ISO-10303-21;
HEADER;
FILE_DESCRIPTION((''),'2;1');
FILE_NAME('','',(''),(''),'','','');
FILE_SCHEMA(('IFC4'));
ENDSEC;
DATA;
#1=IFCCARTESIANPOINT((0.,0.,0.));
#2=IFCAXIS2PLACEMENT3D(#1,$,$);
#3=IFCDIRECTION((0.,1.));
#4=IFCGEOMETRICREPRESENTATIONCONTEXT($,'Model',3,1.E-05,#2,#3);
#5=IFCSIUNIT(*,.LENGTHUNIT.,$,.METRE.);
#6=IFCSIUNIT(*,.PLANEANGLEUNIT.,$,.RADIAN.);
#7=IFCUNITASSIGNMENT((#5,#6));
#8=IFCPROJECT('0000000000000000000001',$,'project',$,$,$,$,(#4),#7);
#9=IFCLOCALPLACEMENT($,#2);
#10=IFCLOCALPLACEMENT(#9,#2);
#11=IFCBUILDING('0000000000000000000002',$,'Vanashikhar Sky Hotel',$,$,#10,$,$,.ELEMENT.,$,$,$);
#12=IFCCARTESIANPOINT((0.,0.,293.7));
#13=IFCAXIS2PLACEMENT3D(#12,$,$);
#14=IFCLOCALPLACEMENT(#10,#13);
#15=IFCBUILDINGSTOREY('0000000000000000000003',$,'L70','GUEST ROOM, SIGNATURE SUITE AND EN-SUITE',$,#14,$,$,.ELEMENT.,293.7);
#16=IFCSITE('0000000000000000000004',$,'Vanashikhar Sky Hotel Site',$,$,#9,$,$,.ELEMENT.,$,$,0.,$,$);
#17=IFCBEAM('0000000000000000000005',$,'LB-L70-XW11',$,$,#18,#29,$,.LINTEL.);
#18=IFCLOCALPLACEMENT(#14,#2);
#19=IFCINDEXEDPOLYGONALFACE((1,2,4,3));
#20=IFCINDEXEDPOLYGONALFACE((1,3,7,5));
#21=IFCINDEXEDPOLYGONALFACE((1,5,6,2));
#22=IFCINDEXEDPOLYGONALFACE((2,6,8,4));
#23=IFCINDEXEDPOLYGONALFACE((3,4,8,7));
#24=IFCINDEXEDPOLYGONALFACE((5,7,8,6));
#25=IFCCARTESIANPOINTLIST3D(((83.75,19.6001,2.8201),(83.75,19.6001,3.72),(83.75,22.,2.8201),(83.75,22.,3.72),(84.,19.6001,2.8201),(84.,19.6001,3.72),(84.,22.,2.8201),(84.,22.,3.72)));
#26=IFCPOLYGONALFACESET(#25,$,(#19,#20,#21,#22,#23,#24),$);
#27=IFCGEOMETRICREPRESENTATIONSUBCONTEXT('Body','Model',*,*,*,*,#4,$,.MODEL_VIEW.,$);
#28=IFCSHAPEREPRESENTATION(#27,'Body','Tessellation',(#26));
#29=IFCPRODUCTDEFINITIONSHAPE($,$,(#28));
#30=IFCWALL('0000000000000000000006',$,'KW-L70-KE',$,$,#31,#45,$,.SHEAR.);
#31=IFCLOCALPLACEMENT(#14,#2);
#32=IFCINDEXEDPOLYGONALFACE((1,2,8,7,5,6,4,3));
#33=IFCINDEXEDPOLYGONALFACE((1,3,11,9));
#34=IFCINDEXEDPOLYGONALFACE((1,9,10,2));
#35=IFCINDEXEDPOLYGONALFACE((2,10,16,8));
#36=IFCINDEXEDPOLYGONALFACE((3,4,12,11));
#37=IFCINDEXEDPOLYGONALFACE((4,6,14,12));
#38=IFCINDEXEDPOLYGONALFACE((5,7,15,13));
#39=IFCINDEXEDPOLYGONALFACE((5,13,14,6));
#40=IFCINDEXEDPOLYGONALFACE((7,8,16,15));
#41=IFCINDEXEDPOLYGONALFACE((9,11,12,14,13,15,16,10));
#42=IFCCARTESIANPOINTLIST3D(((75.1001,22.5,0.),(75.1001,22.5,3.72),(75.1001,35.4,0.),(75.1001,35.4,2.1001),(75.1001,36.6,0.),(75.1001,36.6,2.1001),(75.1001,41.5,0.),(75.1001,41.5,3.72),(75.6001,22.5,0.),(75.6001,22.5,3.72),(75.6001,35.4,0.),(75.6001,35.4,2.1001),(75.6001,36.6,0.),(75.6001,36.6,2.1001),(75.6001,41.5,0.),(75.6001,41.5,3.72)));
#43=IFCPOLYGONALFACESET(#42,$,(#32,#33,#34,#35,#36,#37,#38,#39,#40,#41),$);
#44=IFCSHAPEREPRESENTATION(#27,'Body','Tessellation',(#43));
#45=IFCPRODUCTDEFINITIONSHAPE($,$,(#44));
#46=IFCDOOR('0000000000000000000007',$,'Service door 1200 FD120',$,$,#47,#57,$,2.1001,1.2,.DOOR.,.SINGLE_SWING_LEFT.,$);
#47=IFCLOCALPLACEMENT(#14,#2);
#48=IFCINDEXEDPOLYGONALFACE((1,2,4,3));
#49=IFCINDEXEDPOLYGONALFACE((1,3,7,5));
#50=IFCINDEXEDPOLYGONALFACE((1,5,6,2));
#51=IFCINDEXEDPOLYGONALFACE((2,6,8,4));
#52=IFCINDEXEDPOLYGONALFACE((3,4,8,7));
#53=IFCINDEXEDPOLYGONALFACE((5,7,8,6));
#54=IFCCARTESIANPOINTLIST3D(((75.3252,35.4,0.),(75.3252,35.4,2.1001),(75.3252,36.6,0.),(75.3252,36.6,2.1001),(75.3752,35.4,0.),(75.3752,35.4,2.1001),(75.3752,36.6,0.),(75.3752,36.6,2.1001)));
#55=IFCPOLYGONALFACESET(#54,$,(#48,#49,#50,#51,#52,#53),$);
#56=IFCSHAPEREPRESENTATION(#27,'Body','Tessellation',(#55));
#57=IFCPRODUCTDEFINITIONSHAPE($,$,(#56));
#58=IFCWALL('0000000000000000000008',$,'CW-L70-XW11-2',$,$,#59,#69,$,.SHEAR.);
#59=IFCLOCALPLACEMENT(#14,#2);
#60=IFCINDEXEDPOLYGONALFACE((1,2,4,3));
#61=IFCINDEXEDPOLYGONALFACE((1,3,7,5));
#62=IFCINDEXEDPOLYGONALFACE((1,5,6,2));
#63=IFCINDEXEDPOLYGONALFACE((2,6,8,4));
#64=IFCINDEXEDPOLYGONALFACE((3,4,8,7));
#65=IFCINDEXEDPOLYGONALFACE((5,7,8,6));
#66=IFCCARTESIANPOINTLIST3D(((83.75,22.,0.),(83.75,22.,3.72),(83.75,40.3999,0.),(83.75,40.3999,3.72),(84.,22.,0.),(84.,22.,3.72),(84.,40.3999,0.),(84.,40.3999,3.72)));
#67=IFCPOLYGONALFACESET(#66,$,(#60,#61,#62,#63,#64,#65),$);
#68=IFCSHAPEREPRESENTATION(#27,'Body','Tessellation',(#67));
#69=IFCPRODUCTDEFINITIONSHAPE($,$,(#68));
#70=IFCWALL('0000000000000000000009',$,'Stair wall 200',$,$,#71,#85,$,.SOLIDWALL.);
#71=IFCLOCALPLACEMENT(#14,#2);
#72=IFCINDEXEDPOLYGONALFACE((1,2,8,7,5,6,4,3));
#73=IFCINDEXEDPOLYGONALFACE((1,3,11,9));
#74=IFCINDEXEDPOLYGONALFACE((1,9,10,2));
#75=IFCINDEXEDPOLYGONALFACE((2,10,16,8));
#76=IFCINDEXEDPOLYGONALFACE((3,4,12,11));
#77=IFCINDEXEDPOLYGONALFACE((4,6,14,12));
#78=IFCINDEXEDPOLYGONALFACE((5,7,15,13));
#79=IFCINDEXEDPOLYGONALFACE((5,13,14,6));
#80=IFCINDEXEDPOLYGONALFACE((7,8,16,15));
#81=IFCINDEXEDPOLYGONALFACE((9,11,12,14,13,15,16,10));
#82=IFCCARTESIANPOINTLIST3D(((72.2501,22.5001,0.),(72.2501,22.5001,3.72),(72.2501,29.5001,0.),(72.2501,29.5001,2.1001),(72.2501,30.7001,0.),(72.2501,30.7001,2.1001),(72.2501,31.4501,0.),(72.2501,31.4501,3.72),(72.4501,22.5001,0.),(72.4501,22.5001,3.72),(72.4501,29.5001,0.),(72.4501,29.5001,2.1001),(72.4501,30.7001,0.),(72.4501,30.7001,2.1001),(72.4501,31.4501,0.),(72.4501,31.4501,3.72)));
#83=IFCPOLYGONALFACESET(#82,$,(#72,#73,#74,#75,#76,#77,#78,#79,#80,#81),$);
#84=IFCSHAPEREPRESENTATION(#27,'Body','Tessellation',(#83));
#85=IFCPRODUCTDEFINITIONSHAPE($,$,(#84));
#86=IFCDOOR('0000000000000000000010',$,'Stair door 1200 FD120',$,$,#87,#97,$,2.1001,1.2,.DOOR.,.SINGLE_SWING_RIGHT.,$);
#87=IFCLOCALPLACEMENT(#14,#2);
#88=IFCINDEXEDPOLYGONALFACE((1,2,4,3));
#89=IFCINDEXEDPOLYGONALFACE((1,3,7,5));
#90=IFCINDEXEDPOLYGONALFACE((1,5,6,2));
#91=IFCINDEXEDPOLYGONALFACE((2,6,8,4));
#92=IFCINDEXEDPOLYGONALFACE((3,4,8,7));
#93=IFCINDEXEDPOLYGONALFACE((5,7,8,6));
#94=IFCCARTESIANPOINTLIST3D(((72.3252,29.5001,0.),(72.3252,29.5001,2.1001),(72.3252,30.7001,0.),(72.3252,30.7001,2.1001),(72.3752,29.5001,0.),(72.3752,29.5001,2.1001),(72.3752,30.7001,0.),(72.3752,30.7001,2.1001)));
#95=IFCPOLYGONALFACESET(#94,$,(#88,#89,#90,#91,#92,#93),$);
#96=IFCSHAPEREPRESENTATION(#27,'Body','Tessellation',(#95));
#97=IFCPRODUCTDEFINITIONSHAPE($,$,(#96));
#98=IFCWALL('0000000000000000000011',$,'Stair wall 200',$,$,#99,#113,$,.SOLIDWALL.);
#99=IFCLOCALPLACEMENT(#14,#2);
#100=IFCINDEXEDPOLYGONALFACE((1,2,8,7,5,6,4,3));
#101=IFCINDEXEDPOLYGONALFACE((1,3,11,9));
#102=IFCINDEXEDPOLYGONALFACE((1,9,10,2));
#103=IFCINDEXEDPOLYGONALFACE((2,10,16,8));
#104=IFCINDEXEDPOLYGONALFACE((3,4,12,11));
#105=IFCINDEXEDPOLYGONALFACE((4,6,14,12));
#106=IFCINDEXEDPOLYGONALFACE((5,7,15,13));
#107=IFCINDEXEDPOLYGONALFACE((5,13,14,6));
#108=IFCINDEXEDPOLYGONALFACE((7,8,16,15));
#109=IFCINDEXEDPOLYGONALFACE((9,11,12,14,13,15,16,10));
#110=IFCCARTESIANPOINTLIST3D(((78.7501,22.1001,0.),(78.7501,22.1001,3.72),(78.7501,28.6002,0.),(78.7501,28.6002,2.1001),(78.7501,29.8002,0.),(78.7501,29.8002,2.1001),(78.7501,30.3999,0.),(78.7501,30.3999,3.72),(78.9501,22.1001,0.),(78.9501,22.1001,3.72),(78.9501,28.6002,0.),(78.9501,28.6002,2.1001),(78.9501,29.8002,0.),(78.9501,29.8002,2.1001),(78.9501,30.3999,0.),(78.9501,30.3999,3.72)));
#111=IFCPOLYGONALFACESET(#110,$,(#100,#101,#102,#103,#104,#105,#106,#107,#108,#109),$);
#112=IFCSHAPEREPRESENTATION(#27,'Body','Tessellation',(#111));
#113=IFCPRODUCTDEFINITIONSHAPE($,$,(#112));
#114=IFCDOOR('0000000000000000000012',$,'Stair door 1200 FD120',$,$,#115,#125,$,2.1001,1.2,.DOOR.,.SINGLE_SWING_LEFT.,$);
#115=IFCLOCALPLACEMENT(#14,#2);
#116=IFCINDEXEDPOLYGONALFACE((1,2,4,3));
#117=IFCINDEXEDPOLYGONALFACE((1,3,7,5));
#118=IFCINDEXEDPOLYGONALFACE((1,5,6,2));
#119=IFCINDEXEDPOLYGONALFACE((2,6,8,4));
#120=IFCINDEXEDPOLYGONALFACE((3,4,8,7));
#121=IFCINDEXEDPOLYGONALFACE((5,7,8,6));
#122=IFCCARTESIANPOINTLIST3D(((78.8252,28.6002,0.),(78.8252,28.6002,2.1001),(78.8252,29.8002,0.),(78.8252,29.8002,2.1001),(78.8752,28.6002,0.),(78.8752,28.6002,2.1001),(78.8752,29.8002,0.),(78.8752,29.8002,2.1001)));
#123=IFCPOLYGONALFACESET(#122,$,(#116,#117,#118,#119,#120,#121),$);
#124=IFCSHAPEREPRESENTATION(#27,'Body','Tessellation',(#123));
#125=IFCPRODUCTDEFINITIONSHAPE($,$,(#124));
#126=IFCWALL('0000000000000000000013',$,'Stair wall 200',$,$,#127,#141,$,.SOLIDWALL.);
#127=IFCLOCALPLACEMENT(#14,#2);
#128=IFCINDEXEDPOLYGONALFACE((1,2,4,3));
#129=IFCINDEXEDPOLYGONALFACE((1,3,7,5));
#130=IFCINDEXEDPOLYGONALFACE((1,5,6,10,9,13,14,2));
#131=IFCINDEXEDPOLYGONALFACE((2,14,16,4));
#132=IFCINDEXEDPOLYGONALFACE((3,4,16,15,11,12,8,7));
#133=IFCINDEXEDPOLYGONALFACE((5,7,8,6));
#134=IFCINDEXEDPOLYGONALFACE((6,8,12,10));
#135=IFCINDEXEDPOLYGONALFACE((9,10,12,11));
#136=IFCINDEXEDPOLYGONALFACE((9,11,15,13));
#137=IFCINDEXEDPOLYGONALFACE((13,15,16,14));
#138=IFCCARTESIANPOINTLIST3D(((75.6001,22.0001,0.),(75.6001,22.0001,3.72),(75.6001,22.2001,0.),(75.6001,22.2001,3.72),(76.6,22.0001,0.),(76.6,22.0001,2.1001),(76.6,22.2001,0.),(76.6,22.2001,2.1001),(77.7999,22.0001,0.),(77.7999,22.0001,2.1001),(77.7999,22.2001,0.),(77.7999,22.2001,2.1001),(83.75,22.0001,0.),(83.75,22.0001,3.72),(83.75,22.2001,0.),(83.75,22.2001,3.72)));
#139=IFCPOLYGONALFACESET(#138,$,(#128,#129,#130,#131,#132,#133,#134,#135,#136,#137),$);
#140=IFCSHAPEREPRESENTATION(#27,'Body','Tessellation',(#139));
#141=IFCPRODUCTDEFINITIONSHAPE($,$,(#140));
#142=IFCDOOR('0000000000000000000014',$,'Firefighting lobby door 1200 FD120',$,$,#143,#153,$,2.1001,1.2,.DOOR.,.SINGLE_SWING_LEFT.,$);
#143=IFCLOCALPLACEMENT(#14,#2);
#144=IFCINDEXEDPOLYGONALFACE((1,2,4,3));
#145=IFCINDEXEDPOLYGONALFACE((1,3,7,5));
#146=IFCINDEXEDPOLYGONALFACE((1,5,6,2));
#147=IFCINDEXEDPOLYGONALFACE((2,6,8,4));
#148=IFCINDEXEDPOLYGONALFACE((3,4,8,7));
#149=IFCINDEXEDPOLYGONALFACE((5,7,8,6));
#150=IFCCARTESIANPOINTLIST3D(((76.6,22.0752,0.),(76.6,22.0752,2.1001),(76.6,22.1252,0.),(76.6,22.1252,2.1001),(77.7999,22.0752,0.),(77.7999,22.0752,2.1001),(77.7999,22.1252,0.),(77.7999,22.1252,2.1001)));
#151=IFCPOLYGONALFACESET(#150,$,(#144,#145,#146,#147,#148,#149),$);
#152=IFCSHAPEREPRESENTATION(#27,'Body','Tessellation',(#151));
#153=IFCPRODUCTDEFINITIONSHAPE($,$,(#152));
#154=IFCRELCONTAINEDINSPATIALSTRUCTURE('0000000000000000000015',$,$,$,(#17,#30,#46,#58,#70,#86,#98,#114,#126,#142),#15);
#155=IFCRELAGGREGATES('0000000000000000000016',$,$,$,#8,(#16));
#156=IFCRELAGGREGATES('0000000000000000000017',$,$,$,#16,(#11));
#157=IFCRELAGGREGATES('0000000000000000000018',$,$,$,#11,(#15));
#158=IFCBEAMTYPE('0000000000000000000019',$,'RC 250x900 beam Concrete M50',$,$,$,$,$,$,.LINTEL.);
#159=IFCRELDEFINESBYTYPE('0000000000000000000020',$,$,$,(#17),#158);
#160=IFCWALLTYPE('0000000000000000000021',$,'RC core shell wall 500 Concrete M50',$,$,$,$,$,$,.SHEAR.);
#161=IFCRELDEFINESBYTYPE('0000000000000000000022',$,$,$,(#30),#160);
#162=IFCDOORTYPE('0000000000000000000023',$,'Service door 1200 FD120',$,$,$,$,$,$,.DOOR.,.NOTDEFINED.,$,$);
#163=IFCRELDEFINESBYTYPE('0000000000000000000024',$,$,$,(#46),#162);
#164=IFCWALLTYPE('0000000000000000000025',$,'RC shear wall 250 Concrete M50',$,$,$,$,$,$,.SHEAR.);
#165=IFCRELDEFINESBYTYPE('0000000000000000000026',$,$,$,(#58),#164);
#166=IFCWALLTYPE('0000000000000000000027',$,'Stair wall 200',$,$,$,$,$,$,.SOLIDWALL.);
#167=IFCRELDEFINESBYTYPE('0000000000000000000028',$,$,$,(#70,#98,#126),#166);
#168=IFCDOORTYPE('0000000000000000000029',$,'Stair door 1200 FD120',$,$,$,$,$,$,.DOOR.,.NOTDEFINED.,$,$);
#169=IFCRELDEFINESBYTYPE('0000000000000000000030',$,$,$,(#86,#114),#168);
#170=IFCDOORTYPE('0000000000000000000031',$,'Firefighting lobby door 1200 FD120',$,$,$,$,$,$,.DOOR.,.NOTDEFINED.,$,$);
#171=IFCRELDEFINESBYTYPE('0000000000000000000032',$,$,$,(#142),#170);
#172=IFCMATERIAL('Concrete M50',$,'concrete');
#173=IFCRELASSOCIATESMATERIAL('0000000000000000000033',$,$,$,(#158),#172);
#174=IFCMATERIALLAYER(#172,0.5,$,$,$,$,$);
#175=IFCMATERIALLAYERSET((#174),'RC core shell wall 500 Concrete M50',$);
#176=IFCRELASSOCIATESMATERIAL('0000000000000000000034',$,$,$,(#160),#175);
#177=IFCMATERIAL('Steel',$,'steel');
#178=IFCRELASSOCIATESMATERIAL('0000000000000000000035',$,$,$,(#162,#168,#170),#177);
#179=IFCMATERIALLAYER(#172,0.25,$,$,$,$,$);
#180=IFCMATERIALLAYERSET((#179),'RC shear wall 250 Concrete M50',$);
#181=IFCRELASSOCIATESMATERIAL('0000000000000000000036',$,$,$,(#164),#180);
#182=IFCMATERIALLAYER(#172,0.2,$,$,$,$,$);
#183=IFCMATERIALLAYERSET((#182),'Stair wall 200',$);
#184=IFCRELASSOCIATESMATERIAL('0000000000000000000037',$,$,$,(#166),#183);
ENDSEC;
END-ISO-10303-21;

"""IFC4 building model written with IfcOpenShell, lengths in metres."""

from ifc_helpers import new_model, si_unit, direction, frame, frame_2d, origin, origin_2d, place, context, subcontext, project, spatial, rectangle, extrude, source, transform, mapped, material, layer, layer_set, material_profile, profile_set, type_object, element, fill, save


model = new_model("IFC4")

# Units and contexts
model_context = context("Model", 3, precision=1e-05, world=origin(), true_north=direction((0.0, 1.0)))
body_context = subcontext(model_context, "Body", "Model", "MODEL_VIEW")
ifc_project = project(units=[si_unit("LENGTHUNIT", "METRE"), si_unit("PLANEANGLEUNIT", "RADIAN")], contexts=[model_context])

# Site, building, storey
site_placement = place(None, origin())
site = spatial("IfcSite", under=ifc_project, at=site_placement, Name="Vanashikhar Sky Hotel Site", CompositionType="ELEMENT", RefElevation=0.0)
building_placement = place(site_placement, origin())
building = spatial("IfcBuilding", under=site, at=building_placement, Name="Vanashikhar Sky Hotel", CompositionType="ELEMENT")
storey_placement = place(building_placement, frame((0.0, 0.0, 293.7)))
storey = spatial("IfcBuildingStorey", under=building, at=storey_placement, Name="L70", Description="GUEST ROOM, SIGNATURE SUITE AND EN-SUITE", CompositionType="ELEMENT", Elevation=293.7)

# Beam
ifc_material_1 = material(Name="Concrete M50", Category="concrete")
ifc_material_profile = material_profile(ifc_material_1, rectangle(XDim=0.25, YDim=0.8999, at=origin_2d()))
ifc_profile_set = profile_set([ifc_material_profile], Name="RC 250x900 beam Concrete M50")
beam_type = type_object("IfcBeamType", Name="RC 250x900 beam Concrete M50", PredefinedType="LINTEL", material=ifc_profile_set)
shared_shape_1 = source(origin(), body_context, "Body", "SweptSolid", [
    extrude(rectangle(XDim=0.25, YDim=0.8999, at=origin_2d()), origin(), (0.0, 0.0, 1.0), 2.3999),
])
beam_placement = place(storey_placement, frame((83.875, 19.6001, 3.27), z_axis=(0.0, 1.0, 0.0), x_axis=(-1.0, 0.0, 0.0)))
element("IfcBeam", 1, at=beam_placement, inside=storey, type_object=beam_type, Name="LB-L70-XW11", PredefinedType="LINTEL", context=body_context, shape_type="MappedRepresentation", body=[
    mapped(shared_shape_1, transform((0.0, 0.0, 0.0), scale=1.0)),
])

# Wall, opening, door
ifc_layer_1 = layer(ifc_material_1, 0.5)
ifc_layer_set_1 = layer_set([ifc_layer_1], Name="RC core shell wall 500 Concrete M50")
wall_type_1 = type_object("IfcWallType", Name="RC core shell wall 500 Concrete M50", PredefinedType="SHEAR", material=ifc_layer_set_1)
shared_shape_2 = source(origin(), body_context, "Body", "SweptSolid", [
    extrude(rectangle(XDim=19.0, YDim=0.5, at=frame_2d((9.5, 0.0))), origin(), (0.0, 0.0, 1.0), 3.72),
])
wall_1_placement = place(storey_placement, frame((75.3501, 22.5, 0.0), z_axis=(0.0, 0.0, 1.0), x_axis=(0.0, 1.0, 0.0)))
wall_1 = element("IfcWall", 2, at=wall_1_placement, inside=storey, type_object=wall_type_1, Name="KW-L70-KE", PredefinedType="SHEAR", context=body_context, shape_type="MappedRepresentation", body=[
    mapped(shared_shape_2, transform((0.0, 0.0, 0.0), scale=1.0)),
])
shared_shape_3 = source(origin(), body_context, "Body", "SweptSolid", [
    extrude(rectangle(XDim=1.2, YDim=2.1001, at=frame_2d((0.6001, 1.05))), frame((0.0, 0.26, 0.0), z_axis=(0.0, -1.0, 0.0), x_axis=(1.0, 0.0, 0.0)), (0.0, 0.0, 1.0), 0.52),
])
opening_1_placement = place(wall_1_placement, frame((12.8999, 0.0, 0.0)))
opening_1 = element("IfcOpeningElement", 3, at=opening_1_placement, cuts=wall_1, PredefinedType="OPENING", context=body_context, shape_type="MappedRepresentation", body=[
    mapped(shared_shape_3, transform((0.0, 0.0, 0.0), scale=1.0)),
])
ifc_material_2 = material(Name="Steel", Category="steel")
door_type_1 = type_object("IfcDoorType", Name="Service door 1200 FD120", OperationType="NOTDEFINED", PredefinedType="DOOR", material=ifc_material_2)
shared_shape_4 = source(origin(), body_context, "Body", "SweptSolid", [
    extrude(rectangle(XDim=1.2, YDim=2.1001, at=frame_2d((0.6001, 1.05))), frame((0.0, 0.0249, 0.0), z_axis=(0.0, -1.0, 0.0), x_axis=(1.0, 0.0, 0.0)), (0.0, 0.0, 1.0), 0.05),
])
door_1_placement = place(opening_1_placement, origin())
door_1 = element("IfcDoor", 4, at=door_1_placement, inside=storey, type_object=door_type_1, Name="Service door 1200 FD120", OperationType="SINGLE_SWING_LEFT", OverallHeight=2.1001, OverallWidth=1.2, PredefinedType="DOOR", context=body_context, shape_type="MappedRepresentation", body=[
    mapped(shared_shape_4, transform((0.0, 0.0, 0.0), scale=1.0)),
])
fill(opening_1, door_1)

# Wall
ifc_layer_2 = layer(ifc_material_1, 0.25)
ifc_layer_set_2 = layer_set([ifc_layer_2], Name="RC shear wall 250 Concrete M50")
wall_type_2 = type_object("IfcWallType", Name="RC shear wall 250 Concrete M50", PredefinedType="SHEAR", material=ifc_layer_set_2)
shared_shape_5 = source(origin(), body_context, "Body", "SweptSolid", [
    extrude(rectangle(XDim=18.3999, YDim=0.25, at=frame_2d((9.2, 0.0))), origin(), (0.0, 0.0, 1.0), 3.72),
])
wall_2_placement = place(storey_placement, frame((83.875, 22.0, 0.0), z_axis=(0.0, 0.0, 1.0), x_axis=(0.0, 1.0, 0.0)))
element("IfcWall", 5, at=wall_2_placement, inside=storey, type_object=wall_type_2, Name="CW-L70-XW11-2", PredefinedType="SHEAR", context=body_context, shape_type="MappedRepresentation", body=[
    mapped(shared_shape_5, transform((0.0, 0.0, 0.0), scale=1.0)),
])

# Walls, openings, doors
ifc_layer_3 = layer(ifc_material_1, 0.2)
ifc_layer_set_3 = layer_set([ifc_layer_3], Name="Stair wall 200")
wall_type_3 = type_object("IfcWallType", Name="Stair wall 200", PredefinedType="SOLIDWALL", material=ifc_layer_set_3)
shared_shape_6 = source(origin(), body_context, "Body", "SweptSolid", [
    extrude(rectangle(XDim=8.95, YDim=0.2, at=frame_2d((4.4751, 0.0))), origin(), (0.0, 0.0, 1.0), 3.72),
])
wall_3_placement = place(storey_placement, frame((72.3501, 22.5, 0.0), z_axis=(0.0, 0.0, 1.0), x_axis=(0.0, 1.0, 0.0)))
wall_3 = element("IfcWall", 6, at=wall_3_placement, inside=storey, type_object=wall_type_3, Name="Stair wall 200", PredefinedType="SOLIDWALL", context=body_context, shape_type="MappedRepresentation", body=[
    mapped(shared_shape_6, transform((0.0, 0.0, 0.0), scale=1.0)),
])
shared_shape_7 = source(origin(), body_context, "Body", "SweptSolid", [
    extrude(rectangle(XDim=1.2, YDim=2.1001, at=frame_2d((0.6001, 1.05))), frame((0.0, 0.1099, 0.0), z_axis=(0.0, -1.0, 0.0), x_axis=(1.0, 0.0, 0.0)), (0.0, 0.0, 1.0), 0.22),
])
opening_2_placement = place(wall_3_placement, frame((7.0, 0.0, 0.0)))
opening_2 = element("IfcOpeningElement", 7, at=opening_2_placement, cuts=wall_3, PredefinedType="OPENING", context=body_context, shape_type="MappedRepresentation", body=[
    mapped(shared_shape_7, transform((0.0, 0.0, 0.0), scale=1.0)),
])
door_type_2 = type_object("IfcDoorType", Name="Stair door 1200 FD120", OperationType="NOTDEFINED", PredefinedType="DOOR", material=ifc_material_2)
door_2_placement = place(opening_2_placement, origin())
door_2 = element("IfcDoor", 8, at=door_2_placement, inside=storey, type_object=door_type_2, Name="Stair door 1200 FD120", OperationType="SINGLE_SWING_RIGHT", OverallHeight=2.1001, OverallWidth=1.2, PredefinedType="DOOR", context=body_context, shape_type="MappedRepresentation", body=[
    mapped(shared_shape_4, transform((0.0, 0.0, 0.0), scale=1.0)),
])
fill(opening_2, door_2)
shared_shape_8 = source(origin(), body_context, "Body", "SweptSolid", [
    extrude(rectangle(XDim=8.2998, YDim=0.2, at=frame_2d((4.1499, 0.0))), origin(), (0.0, 0.0, 1.0), 3.72),
])
wall_4_placement = place(storey_placement, frame((78.8501, 22.1001, 0.0), z_axis=(0.0, 0.0, 1.0), x_axis=(0.0, 1.0, 0.0)))
wall_4 = element("IfcWall", 9, at=wall_4_placement, inside=storey, type_object=wall_type_3, Name="Stair wall 200", PredefinedType="SOLIDWALL", context=body_context, shape_type="MappedRepresentation", body=[
    mapped(shared_shape_8, transform((0.0, 0.0, 0.0), scale=1.0)),
])
opening_3_placement = place(wall_4_placement, frame((6.5, 0.0, 0.0)))
opening_3 = element("IfcOpeningElement", 10, at=opening_3_placement, cuts=wall_4, PredefinedType="OPENING", context=body_context, shape_type="MappedRepresentation", body=[
    mapped(shared_shape_7, transform((0.0, 0.0, 0.0), scale=1.0)),
])
door_3_placement = place(opening_3_placement, origin())
door_3 = element("IfcDoor", 11, at=door_3_placement, inside=storey, type_object=door_type_2, Name="Stair door 1200 FD120", OperationType="SINGLE_SWING_LEFT", OverallHeight=2.1001, OverallWidth=1.2, PredefinedType="DOOR", context=body_context, shape_type="MappedRepresentation", body=[
    mapped(shared_shape_4, transform((0.0, 0.0, 0.0), scale=1.0)),
])
fill(opening_3, door_3)
shared_shape_9 = source(origin(), body_context, "Body", "SweptSolid", [
    extrude(rectangle(XDim=8.1499, YDim=0.2, at=frame_2d((4.075, 0.0))), origin(), (0.0, 0.0, 1.0), 3.72),
])
wall_5_placement = place(storey_placement, frame((83.75, 22.1001, 0.0), z_axis=(0.0, 0.0, 1.0), x_axis=(-1.0, 0.0, 0.0)))
wall_5 = element("IfcWall", 12, at=wall_5_placement, inside=storey, type_object=wall_type_3, Name="Stair wall 200", PredefinedType="SOLIDWALL", context=body_context, shape_type="MappedRepresentation", body=[
    mapped(shared_shape_9, transform((0.0, 0.0, 0.0), scale=1.0)),
])
opening_4_placement = place(wall_5_placement, frame((5.95, 0.0, 0.0)))
opening_4 = element("IfcOpeningElement", 13, at=opening_4_placement, cuts=wall_5, PredefinedType="OPENING", context=body_context, shape_type="MappedRepresentation", body=[
    mapped(shared_shape_7, transform((0.0, 0.0, 0.0), scale=1.0)),
])
door_type_3 = type_object("IfcDoorType", Name="Firefighting lobby door 1200 FD120", OperationType="NOTDEFINED", PredefinedType="DOOR", material=ifc_material_2)
door_4_placement = place(opening_4_placement, origin())
door_4 = element("IfcDoor", 14, at=door_4_placement, inside=storey, type_object=door_type_3, Name="Firefighting lobby door 1200 FD120", OperationType="SINGLE_SWING_LEFT", OverallHeight=2.1001, OverallWidth=1.2, PredefinedType="DOOR", context=body_context, shape_type="MappedRepresentation", body=[
    mapped(shared_shape_4, transform((0.0, 0.0, 0.0), scale=1.0)),
])
fill(opening_4, door_4)

save(model, "model.ifc")
